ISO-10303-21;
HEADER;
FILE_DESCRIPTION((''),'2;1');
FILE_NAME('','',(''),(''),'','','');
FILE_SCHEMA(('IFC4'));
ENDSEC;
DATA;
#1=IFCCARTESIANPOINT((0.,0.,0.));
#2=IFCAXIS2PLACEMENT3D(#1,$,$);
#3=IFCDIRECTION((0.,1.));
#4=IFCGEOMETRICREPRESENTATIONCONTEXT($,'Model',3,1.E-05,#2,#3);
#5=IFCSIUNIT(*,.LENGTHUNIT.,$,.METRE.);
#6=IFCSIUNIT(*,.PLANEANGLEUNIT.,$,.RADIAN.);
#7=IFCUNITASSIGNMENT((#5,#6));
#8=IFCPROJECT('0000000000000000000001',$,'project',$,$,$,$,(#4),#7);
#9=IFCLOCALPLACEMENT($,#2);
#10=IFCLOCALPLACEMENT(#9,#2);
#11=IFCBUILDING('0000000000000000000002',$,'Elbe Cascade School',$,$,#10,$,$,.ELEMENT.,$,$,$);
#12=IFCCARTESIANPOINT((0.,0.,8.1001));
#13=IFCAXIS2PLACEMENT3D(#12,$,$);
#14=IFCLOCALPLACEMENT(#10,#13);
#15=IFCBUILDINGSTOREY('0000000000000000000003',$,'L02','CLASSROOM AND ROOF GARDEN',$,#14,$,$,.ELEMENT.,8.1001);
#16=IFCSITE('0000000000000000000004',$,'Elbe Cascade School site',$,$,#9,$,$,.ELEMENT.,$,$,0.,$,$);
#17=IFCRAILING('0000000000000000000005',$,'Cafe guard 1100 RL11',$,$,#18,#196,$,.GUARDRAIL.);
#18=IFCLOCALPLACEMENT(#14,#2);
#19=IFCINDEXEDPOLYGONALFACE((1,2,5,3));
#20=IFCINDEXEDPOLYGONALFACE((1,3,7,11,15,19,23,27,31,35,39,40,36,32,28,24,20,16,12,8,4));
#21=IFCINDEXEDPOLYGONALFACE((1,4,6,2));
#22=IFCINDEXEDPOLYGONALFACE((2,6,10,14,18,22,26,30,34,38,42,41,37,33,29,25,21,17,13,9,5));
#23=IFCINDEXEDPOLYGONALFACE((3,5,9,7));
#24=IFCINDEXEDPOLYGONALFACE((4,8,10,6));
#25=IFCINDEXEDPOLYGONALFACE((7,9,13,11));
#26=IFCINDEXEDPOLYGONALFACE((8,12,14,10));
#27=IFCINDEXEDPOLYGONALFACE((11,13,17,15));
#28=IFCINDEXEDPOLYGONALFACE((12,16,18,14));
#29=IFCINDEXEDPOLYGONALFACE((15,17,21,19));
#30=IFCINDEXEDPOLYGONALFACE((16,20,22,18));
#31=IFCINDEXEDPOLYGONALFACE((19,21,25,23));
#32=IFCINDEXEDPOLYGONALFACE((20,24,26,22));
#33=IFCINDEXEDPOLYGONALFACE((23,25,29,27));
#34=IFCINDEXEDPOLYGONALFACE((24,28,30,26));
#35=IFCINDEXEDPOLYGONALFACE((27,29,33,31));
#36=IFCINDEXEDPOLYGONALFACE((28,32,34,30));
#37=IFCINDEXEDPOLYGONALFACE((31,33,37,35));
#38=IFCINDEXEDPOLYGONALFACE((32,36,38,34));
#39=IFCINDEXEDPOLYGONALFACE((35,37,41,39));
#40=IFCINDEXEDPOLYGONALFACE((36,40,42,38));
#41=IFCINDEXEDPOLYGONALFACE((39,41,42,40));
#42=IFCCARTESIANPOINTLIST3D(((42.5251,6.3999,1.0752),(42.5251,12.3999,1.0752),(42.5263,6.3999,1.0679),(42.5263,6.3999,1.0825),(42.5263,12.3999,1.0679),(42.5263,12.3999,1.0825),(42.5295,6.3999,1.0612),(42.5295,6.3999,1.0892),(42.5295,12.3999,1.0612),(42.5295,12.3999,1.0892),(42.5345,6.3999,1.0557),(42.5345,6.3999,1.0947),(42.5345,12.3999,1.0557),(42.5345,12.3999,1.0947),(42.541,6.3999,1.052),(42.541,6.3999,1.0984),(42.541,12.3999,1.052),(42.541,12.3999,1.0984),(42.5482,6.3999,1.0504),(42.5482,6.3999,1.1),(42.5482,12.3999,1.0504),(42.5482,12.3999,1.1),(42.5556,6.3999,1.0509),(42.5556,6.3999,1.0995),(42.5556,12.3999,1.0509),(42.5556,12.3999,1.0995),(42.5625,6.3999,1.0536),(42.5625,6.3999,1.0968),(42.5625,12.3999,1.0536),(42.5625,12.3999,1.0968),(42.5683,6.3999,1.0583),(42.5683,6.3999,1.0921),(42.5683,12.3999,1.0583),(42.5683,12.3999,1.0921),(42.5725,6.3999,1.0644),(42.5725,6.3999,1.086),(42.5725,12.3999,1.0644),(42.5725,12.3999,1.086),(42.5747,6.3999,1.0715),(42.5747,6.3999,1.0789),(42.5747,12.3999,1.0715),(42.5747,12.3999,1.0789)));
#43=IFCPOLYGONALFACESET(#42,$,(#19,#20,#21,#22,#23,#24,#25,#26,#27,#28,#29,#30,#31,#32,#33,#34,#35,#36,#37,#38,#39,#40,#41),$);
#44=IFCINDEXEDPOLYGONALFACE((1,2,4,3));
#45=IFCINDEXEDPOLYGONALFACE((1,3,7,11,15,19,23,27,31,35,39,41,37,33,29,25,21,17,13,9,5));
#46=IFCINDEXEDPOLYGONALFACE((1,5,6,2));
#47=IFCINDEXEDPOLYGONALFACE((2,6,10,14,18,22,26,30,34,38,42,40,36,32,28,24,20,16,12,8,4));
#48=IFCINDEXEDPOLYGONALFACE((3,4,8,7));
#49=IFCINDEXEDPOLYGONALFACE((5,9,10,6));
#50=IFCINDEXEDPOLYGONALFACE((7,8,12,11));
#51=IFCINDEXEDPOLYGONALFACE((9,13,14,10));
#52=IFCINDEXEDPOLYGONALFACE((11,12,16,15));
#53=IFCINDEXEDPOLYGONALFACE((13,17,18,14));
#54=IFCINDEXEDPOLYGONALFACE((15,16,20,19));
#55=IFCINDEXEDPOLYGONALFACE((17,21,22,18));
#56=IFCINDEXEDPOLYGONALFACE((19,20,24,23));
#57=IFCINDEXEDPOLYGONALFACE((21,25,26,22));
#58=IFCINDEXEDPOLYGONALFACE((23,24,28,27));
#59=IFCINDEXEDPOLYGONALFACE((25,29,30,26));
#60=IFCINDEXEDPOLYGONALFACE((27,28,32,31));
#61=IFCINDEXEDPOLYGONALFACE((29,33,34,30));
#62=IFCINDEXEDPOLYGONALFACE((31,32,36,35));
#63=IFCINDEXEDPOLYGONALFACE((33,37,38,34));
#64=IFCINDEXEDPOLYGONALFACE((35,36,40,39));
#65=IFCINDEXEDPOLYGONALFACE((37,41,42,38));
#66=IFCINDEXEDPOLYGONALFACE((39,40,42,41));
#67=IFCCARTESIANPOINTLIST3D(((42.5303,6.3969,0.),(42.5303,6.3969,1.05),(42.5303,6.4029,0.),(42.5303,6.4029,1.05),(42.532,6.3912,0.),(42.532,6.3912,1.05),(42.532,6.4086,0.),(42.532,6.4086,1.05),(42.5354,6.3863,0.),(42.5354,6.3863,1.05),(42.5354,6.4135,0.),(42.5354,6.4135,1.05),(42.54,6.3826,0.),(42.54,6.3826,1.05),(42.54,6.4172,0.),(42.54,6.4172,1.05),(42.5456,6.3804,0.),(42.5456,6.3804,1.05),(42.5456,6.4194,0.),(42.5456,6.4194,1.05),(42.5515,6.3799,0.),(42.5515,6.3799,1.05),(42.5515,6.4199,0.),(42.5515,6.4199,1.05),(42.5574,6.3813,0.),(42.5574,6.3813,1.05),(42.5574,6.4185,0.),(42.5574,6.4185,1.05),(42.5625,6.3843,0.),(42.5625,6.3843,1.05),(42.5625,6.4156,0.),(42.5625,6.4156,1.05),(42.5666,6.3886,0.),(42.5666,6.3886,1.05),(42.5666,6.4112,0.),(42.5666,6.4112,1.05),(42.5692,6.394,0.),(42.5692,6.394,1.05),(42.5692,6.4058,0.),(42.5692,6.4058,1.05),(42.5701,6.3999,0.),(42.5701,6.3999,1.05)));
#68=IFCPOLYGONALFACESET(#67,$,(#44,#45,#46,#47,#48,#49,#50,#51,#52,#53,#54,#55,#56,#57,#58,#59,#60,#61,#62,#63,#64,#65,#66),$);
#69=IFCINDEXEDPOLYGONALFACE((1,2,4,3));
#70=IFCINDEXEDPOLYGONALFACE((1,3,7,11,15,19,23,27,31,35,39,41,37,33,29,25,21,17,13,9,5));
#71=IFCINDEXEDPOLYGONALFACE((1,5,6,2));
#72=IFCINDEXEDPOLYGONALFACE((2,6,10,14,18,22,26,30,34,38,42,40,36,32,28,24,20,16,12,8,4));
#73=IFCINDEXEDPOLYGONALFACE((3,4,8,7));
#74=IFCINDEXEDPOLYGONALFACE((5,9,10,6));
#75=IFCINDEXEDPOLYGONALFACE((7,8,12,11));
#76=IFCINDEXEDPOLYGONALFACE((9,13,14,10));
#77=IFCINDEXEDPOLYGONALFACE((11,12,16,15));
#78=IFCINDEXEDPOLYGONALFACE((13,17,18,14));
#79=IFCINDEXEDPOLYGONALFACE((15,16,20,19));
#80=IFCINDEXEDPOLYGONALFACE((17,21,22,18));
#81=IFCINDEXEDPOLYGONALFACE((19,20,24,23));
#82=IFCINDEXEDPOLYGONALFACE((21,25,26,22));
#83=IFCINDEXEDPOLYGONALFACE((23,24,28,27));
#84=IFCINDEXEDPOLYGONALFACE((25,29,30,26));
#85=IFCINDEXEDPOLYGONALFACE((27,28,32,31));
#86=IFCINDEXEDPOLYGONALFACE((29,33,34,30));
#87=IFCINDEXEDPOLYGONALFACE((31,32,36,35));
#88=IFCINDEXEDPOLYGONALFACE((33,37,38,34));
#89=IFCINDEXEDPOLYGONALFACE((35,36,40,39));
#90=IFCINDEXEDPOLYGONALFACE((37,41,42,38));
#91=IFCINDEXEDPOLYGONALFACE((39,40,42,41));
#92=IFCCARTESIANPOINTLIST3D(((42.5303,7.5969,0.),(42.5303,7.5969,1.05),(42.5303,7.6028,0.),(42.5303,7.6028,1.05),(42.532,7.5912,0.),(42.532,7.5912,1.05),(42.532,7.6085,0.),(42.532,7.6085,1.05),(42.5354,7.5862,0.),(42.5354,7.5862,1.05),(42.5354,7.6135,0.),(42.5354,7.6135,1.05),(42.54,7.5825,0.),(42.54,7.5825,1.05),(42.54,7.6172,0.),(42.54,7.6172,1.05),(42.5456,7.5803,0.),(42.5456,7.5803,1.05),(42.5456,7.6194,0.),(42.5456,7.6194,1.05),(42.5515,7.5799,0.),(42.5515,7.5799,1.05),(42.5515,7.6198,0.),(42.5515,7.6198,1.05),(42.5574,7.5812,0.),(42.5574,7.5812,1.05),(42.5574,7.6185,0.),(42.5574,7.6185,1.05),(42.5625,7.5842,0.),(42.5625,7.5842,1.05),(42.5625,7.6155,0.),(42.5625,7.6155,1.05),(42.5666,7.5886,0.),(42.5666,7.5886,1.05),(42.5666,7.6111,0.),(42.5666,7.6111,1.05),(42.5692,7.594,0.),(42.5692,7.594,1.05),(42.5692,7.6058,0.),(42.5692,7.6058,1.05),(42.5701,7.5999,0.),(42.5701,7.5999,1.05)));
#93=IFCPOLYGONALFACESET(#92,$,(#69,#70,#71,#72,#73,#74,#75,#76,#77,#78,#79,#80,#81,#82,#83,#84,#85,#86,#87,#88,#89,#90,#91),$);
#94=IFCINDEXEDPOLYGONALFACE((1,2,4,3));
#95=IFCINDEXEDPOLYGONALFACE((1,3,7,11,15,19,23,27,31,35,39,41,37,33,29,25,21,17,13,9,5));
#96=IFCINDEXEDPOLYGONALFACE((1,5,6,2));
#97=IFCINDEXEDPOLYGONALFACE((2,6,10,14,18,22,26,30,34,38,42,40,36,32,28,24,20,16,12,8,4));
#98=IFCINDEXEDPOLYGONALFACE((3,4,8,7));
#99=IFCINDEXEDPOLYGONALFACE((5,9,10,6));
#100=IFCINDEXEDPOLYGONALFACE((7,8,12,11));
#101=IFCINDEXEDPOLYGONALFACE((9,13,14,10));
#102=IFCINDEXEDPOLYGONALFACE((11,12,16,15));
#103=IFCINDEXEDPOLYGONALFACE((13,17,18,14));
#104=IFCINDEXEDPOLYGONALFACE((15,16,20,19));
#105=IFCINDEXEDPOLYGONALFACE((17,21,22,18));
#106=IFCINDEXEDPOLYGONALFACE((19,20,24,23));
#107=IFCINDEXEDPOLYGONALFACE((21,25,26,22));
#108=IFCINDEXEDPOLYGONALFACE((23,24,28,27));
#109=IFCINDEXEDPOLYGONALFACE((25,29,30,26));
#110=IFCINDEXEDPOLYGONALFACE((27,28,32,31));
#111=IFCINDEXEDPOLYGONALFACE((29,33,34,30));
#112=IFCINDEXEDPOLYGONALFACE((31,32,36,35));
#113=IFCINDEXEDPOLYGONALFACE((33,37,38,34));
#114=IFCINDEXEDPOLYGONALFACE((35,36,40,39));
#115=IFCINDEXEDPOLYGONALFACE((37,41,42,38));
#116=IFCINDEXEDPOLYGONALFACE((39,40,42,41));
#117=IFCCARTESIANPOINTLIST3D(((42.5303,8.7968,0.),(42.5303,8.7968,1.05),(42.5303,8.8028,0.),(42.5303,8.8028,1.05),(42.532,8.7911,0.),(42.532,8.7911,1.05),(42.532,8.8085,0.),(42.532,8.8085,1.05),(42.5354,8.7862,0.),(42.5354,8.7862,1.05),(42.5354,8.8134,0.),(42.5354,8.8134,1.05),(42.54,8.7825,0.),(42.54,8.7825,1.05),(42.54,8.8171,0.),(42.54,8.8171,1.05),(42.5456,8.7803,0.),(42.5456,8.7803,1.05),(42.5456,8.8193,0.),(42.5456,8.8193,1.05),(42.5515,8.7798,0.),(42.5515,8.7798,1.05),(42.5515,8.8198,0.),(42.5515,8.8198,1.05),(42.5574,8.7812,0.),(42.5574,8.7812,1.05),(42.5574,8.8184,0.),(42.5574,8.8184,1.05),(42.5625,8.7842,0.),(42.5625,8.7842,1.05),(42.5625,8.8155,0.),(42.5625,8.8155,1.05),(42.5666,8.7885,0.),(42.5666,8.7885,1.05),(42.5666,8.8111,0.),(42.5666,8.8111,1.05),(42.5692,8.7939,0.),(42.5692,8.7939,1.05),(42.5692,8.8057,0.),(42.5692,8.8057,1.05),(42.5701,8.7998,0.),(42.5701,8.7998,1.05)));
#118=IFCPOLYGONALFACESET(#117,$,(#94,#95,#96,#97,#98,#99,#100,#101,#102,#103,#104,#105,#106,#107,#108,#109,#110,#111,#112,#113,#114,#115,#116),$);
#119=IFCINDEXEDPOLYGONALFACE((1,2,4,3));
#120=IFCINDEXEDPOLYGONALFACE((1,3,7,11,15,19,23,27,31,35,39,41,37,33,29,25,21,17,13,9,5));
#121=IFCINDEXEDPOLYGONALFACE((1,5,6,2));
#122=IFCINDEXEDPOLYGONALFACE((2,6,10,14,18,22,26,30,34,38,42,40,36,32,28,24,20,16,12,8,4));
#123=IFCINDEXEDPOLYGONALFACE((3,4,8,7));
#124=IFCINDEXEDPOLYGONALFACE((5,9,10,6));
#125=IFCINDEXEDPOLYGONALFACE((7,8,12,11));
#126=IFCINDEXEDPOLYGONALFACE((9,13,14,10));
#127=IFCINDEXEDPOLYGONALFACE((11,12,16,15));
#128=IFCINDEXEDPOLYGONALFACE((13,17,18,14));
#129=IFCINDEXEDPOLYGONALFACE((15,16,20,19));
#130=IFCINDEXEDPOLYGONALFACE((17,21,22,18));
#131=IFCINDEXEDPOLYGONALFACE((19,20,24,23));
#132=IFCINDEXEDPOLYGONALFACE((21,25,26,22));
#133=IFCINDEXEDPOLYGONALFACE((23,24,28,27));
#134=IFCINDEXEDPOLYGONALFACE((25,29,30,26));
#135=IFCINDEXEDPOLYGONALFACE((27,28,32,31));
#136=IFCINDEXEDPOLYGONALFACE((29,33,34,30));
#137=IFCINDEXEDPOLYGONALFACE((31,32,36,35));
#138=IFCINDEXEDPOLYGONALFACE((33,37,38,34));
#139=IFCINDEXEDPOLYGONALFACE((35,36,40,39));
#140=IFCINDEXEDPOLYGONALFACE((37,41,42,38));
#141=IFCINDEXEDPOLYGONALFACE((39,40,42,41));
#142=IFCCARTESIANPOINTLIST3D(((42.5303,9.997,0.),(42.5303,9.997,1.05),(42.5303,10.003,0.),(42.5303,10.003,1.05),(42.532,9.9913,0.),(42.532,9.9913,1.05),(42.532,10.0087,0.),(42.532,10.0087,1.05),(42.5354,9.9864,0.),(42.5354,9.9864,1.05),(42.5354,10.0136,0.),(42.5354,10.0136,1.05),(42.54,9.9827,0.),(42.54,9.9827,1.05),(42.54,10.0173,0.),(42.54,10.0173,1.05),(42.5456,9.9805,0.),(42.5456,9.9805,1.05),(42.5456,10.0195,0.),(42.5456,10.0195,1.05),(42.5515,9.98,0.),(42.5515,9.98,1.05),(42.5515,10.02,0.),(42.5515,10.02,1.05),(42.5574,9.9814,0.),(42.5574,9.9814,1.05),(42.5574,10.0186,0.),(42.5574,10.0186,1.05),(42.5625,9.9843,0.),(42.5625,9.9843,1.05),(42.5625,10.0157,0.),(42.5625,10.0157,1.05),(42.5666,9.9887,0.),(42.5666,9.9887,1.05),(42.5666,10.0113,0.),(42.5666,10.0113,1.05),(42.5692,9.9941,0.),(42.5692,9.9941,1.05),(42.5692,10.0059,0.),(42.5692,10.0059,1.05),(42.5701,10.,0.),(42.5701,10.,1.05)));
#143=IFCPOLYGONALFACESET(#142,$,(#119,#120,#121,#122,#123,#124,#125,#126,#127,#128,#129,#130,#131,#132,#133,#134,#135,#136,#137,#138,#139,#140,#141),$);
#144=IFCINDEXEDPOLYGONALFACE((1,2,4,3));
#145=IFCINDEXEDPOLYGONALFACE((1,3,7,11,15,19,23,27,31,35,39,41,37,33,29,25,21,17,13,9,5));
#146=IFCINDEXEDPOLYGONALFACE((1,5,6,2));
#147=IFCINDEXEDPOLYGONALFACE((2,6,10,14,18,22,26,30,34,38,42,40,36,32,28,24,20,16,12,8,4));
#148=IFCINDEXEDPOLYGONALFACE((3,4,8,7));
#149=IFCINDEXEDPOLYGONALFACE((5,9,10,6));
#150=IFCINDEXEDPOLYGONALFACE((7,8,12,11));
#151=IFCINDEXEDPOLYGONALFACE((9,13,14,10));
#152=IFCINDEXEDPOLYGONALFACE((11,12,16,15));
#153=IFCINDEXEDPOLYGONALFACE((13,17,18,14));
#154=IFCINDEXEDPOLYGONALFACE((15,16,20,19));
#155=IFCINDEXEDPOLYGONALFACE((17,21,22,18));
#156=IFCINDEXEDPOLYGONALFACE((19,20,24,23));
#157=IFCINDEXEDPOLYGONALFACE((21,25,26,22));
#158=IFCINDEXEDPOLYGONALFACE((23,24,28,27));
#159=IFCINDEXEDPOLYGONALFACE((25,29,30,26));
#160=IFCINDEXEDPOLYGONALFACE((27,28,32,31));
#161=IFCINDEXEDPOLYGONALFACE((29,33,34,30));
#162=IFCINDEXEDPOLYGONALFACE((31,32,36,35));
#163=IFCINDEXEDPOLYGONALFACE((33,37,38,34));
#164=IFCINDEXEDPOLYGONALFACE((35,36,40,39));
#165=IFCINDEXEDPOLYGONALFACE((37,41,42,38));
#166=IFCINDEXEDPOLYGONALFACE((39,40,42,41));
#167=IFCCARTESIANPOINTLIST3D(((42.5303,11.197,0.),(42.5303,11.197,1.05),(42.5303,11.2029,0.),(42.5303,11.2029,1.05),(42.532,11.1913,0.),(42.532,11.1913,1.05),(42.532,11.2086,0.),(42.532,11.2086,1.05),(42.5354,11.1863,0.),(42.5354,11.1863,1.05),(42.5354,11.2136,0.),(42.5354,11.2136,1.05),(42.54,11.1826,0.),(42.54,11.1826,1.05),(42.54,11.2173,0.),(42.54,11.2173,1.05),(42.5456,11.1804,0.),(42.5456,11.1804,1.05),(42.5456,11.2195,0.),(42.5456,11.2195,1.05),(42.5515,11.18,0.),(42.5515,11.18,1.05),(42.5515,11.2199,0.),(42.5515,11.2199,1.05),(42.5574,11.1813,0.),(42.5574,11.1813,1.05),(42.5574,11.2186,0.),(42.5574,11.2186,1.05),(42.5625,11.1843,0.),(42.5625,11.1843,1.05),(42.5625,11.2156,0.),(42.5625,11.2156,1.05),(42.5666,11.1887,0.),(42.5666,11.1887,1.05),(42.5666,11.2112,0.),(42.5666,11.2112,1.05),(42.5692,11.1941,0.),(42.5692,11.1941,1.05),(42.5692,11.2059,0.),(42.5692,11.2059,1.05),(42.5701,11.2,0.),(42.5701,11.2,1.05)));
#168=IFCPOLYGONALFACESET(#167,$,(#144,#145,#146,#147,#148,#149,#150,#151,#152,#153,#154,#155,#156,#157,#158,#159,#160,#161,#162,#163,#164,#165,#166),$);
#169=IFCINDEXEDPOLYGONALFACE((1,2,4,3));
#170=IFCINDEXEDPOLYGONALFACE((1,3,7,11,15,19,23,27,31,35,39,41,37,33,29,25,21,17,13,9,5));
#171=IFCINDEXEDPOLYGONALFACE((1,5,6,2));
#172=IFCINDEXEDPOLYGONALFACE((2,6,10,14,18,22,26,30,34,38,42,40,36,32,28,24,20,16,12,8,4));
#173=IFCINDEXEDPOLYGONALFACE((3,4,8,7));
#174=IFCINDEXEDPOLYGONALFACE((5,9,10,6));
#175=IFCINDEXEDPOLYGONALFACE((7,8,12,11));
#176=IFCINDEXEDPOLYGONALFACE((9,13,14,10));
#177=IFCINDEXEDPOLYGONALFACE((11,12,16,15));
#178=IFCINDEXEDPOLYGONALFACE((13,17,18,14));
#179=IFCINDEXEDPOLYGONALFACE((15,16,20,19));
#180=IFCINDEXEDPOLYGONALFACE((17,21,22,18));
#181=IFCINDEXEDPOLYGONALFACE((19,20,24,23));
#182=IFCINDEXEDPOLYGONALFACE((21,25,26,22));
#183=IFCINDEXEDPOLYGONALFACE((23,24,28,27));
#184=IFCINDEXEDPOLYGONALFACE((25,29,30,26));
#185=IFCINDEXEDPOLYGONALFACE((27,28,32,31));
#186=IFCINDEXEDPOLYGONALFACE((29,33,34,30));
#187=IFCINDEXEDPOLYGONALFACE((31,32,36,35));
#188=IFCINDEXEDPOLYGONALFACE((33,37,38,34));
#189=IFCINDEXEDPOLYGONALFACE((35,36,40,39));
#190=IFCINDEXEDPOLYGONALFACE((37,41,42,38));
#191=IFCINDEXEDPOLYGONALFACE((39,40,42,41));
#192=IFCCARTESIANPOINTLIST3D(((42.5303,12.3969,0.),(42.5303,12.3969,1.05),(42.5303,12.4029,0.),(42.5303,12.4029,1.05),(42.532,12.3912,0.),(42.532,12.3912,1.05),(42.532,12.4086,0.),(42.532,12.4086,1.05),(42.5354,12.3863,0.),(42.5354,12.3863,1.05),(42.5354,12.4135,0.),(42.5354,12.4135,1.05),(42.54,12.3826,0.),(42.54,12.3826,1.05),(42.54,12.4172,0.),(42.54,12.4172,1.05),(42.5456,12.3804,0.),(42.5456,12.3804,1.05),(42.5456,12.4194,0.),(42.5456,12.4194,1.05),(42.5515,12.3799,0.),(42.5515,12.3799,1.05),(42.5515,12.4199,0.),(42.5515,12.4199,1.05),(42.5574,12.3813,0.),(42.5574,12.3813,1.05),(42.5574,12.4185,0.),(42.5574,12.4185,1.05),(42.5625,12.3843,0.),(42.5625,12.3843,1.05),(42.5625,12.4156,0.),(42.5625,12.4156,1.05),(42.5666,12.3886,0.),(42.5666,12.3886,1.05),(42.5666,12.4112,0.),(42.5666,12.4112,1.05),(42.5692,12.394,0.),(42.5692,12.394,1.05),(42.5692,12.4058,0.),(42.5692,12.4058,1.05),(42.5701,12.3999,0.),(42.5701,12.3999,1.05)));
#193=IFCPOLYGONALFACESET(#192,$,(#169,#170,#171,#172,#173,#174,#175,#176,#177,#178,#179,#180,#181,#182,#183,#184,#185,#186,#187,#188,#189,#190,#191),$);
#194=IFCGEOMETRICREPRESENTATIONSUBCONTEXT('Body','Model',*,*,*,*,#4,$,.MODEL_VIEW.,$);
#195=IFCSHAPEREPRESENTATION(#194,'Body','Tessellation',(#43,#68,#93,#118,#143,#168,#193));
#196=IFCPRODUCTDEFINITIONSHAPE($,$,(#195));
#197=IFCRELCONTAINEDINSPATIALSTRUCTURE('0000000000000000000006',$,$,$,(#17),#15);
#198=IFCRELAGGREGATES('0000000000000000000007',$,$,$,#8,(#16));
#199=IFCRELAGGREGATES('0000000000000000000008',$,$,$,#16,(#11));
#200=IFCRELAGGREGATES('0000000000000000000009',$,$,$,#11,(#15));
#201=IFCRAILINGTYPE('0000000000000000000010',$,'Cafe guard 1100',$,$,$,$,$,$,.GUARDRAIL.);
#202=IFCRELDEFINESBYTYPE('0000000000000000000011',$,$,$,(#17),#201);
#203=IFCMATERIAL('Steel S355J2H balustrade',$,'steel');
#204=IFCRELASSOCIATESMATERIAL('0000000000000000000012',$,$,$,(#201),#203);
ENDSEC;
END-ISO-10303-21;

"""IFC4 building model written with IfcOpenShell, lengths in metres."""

from ifc_helpers import new_model, si_unit, direction, frame, origin, origin_2d, place, context, subcontext, project, spatial, circle, extrude, material, type_object, element, save


model = new_model("IFC4")

# Units and contexts
model_context = context("Model", 3, precision=1e-05, world=origin(), true_north=direction((0.0, 1.0)))
body_context = subcontext(model_context, "Body", "Model", "MODEL_VIEW")
ifc_project = project(units=[si_unit("LENGTHUNIT", "METRE"), si_unit("PLANEANGLEUNIT", "RADIAN")], contexts=[model_context])

# Site, building, storey
site_placement = place(None, origin())
site = spatial("IfcSite", under=ifc_project, at=site_placement, Name="Elbe Cascade School site", CompositionType="ELEMENT", RefElevation=0.0)
building_placement = place(site_placement, origin())
building = spatial("IfcBuilding", under=site, at=building_placement, Name="Elbe Cascade School", CompositionType="ELEMENT")
storey_placement = place(building_placement, frame((0.0, 0.0, 8.1001)))
storey = spatial("IfcBuildingStorey", under=building, at=storey_placement, Name="L02", Description="CLASSROOM AND ROOF GARDEN", CompositionType="ELEMENT", Elevation=8.1001)

# Railing
ifc_material_1 = material(Name="Steel S355J2H balustrade", Category="steel")
railing_type = type_object("IfcRailingType", Name="Cafe guard 1100", PredefinedType="GUARDRAIL", material=ifc_material_1)
railing_1_placement = place(storey_placement, frame((42.55, 6.3999, 0.0)))
element("IfcRailing", 1, at=railing_1_placement, inside=storey, type_object=railing_type, Name="Cafe guard 1100 RL11", PredefinedType="GUARDRAIL", context=body_context, shape_type="SweptSolid", body=[
    extrude(circle(Radius=0.0249, at=origin_2d()), frame((0.0, 0.0, 1.0752), z_axis=(0.0, 1.0, 0.0), x_axis=(-1.0, 0.0, 0.0)), (0.0, 0.0, 1.0), 6.0),
    extrude(circle(Radius=0.02, at=origin_2d()), origin(), (0.0, 0.0, 1.0), 1.05),
    extrude(circle(Radius=0.02, at=origin_2d()), frame((0.0, 1.2, 0.0)), (0.0, 0.0, 1.0), 1.05),
    extrude(circle(Radius=0.02, at=origin_2d()), frame((0.0, 2.3999, 0.0)), (0.0, 0.0, 1.0), 1.05),
    extrude(circle(Radius=0.02, at=origin_2d()), frame((0.0, 3.6001, 0.0)), (0.0, 0.0, 1.0), 1.05),
    extrude(circle(Radius=0.02, at=origin_2d()), frame((0.0, 4.8, 0.0)), (0.0, 0.0, 1.0), 1.05),
    extrude(circle(Radius=0.02, at=origin_2d()), frame((0.0, 6.0, 0.0)), (0.0, 0.0, 1.0), 1.05),
])

save(model, "model.ifc")
